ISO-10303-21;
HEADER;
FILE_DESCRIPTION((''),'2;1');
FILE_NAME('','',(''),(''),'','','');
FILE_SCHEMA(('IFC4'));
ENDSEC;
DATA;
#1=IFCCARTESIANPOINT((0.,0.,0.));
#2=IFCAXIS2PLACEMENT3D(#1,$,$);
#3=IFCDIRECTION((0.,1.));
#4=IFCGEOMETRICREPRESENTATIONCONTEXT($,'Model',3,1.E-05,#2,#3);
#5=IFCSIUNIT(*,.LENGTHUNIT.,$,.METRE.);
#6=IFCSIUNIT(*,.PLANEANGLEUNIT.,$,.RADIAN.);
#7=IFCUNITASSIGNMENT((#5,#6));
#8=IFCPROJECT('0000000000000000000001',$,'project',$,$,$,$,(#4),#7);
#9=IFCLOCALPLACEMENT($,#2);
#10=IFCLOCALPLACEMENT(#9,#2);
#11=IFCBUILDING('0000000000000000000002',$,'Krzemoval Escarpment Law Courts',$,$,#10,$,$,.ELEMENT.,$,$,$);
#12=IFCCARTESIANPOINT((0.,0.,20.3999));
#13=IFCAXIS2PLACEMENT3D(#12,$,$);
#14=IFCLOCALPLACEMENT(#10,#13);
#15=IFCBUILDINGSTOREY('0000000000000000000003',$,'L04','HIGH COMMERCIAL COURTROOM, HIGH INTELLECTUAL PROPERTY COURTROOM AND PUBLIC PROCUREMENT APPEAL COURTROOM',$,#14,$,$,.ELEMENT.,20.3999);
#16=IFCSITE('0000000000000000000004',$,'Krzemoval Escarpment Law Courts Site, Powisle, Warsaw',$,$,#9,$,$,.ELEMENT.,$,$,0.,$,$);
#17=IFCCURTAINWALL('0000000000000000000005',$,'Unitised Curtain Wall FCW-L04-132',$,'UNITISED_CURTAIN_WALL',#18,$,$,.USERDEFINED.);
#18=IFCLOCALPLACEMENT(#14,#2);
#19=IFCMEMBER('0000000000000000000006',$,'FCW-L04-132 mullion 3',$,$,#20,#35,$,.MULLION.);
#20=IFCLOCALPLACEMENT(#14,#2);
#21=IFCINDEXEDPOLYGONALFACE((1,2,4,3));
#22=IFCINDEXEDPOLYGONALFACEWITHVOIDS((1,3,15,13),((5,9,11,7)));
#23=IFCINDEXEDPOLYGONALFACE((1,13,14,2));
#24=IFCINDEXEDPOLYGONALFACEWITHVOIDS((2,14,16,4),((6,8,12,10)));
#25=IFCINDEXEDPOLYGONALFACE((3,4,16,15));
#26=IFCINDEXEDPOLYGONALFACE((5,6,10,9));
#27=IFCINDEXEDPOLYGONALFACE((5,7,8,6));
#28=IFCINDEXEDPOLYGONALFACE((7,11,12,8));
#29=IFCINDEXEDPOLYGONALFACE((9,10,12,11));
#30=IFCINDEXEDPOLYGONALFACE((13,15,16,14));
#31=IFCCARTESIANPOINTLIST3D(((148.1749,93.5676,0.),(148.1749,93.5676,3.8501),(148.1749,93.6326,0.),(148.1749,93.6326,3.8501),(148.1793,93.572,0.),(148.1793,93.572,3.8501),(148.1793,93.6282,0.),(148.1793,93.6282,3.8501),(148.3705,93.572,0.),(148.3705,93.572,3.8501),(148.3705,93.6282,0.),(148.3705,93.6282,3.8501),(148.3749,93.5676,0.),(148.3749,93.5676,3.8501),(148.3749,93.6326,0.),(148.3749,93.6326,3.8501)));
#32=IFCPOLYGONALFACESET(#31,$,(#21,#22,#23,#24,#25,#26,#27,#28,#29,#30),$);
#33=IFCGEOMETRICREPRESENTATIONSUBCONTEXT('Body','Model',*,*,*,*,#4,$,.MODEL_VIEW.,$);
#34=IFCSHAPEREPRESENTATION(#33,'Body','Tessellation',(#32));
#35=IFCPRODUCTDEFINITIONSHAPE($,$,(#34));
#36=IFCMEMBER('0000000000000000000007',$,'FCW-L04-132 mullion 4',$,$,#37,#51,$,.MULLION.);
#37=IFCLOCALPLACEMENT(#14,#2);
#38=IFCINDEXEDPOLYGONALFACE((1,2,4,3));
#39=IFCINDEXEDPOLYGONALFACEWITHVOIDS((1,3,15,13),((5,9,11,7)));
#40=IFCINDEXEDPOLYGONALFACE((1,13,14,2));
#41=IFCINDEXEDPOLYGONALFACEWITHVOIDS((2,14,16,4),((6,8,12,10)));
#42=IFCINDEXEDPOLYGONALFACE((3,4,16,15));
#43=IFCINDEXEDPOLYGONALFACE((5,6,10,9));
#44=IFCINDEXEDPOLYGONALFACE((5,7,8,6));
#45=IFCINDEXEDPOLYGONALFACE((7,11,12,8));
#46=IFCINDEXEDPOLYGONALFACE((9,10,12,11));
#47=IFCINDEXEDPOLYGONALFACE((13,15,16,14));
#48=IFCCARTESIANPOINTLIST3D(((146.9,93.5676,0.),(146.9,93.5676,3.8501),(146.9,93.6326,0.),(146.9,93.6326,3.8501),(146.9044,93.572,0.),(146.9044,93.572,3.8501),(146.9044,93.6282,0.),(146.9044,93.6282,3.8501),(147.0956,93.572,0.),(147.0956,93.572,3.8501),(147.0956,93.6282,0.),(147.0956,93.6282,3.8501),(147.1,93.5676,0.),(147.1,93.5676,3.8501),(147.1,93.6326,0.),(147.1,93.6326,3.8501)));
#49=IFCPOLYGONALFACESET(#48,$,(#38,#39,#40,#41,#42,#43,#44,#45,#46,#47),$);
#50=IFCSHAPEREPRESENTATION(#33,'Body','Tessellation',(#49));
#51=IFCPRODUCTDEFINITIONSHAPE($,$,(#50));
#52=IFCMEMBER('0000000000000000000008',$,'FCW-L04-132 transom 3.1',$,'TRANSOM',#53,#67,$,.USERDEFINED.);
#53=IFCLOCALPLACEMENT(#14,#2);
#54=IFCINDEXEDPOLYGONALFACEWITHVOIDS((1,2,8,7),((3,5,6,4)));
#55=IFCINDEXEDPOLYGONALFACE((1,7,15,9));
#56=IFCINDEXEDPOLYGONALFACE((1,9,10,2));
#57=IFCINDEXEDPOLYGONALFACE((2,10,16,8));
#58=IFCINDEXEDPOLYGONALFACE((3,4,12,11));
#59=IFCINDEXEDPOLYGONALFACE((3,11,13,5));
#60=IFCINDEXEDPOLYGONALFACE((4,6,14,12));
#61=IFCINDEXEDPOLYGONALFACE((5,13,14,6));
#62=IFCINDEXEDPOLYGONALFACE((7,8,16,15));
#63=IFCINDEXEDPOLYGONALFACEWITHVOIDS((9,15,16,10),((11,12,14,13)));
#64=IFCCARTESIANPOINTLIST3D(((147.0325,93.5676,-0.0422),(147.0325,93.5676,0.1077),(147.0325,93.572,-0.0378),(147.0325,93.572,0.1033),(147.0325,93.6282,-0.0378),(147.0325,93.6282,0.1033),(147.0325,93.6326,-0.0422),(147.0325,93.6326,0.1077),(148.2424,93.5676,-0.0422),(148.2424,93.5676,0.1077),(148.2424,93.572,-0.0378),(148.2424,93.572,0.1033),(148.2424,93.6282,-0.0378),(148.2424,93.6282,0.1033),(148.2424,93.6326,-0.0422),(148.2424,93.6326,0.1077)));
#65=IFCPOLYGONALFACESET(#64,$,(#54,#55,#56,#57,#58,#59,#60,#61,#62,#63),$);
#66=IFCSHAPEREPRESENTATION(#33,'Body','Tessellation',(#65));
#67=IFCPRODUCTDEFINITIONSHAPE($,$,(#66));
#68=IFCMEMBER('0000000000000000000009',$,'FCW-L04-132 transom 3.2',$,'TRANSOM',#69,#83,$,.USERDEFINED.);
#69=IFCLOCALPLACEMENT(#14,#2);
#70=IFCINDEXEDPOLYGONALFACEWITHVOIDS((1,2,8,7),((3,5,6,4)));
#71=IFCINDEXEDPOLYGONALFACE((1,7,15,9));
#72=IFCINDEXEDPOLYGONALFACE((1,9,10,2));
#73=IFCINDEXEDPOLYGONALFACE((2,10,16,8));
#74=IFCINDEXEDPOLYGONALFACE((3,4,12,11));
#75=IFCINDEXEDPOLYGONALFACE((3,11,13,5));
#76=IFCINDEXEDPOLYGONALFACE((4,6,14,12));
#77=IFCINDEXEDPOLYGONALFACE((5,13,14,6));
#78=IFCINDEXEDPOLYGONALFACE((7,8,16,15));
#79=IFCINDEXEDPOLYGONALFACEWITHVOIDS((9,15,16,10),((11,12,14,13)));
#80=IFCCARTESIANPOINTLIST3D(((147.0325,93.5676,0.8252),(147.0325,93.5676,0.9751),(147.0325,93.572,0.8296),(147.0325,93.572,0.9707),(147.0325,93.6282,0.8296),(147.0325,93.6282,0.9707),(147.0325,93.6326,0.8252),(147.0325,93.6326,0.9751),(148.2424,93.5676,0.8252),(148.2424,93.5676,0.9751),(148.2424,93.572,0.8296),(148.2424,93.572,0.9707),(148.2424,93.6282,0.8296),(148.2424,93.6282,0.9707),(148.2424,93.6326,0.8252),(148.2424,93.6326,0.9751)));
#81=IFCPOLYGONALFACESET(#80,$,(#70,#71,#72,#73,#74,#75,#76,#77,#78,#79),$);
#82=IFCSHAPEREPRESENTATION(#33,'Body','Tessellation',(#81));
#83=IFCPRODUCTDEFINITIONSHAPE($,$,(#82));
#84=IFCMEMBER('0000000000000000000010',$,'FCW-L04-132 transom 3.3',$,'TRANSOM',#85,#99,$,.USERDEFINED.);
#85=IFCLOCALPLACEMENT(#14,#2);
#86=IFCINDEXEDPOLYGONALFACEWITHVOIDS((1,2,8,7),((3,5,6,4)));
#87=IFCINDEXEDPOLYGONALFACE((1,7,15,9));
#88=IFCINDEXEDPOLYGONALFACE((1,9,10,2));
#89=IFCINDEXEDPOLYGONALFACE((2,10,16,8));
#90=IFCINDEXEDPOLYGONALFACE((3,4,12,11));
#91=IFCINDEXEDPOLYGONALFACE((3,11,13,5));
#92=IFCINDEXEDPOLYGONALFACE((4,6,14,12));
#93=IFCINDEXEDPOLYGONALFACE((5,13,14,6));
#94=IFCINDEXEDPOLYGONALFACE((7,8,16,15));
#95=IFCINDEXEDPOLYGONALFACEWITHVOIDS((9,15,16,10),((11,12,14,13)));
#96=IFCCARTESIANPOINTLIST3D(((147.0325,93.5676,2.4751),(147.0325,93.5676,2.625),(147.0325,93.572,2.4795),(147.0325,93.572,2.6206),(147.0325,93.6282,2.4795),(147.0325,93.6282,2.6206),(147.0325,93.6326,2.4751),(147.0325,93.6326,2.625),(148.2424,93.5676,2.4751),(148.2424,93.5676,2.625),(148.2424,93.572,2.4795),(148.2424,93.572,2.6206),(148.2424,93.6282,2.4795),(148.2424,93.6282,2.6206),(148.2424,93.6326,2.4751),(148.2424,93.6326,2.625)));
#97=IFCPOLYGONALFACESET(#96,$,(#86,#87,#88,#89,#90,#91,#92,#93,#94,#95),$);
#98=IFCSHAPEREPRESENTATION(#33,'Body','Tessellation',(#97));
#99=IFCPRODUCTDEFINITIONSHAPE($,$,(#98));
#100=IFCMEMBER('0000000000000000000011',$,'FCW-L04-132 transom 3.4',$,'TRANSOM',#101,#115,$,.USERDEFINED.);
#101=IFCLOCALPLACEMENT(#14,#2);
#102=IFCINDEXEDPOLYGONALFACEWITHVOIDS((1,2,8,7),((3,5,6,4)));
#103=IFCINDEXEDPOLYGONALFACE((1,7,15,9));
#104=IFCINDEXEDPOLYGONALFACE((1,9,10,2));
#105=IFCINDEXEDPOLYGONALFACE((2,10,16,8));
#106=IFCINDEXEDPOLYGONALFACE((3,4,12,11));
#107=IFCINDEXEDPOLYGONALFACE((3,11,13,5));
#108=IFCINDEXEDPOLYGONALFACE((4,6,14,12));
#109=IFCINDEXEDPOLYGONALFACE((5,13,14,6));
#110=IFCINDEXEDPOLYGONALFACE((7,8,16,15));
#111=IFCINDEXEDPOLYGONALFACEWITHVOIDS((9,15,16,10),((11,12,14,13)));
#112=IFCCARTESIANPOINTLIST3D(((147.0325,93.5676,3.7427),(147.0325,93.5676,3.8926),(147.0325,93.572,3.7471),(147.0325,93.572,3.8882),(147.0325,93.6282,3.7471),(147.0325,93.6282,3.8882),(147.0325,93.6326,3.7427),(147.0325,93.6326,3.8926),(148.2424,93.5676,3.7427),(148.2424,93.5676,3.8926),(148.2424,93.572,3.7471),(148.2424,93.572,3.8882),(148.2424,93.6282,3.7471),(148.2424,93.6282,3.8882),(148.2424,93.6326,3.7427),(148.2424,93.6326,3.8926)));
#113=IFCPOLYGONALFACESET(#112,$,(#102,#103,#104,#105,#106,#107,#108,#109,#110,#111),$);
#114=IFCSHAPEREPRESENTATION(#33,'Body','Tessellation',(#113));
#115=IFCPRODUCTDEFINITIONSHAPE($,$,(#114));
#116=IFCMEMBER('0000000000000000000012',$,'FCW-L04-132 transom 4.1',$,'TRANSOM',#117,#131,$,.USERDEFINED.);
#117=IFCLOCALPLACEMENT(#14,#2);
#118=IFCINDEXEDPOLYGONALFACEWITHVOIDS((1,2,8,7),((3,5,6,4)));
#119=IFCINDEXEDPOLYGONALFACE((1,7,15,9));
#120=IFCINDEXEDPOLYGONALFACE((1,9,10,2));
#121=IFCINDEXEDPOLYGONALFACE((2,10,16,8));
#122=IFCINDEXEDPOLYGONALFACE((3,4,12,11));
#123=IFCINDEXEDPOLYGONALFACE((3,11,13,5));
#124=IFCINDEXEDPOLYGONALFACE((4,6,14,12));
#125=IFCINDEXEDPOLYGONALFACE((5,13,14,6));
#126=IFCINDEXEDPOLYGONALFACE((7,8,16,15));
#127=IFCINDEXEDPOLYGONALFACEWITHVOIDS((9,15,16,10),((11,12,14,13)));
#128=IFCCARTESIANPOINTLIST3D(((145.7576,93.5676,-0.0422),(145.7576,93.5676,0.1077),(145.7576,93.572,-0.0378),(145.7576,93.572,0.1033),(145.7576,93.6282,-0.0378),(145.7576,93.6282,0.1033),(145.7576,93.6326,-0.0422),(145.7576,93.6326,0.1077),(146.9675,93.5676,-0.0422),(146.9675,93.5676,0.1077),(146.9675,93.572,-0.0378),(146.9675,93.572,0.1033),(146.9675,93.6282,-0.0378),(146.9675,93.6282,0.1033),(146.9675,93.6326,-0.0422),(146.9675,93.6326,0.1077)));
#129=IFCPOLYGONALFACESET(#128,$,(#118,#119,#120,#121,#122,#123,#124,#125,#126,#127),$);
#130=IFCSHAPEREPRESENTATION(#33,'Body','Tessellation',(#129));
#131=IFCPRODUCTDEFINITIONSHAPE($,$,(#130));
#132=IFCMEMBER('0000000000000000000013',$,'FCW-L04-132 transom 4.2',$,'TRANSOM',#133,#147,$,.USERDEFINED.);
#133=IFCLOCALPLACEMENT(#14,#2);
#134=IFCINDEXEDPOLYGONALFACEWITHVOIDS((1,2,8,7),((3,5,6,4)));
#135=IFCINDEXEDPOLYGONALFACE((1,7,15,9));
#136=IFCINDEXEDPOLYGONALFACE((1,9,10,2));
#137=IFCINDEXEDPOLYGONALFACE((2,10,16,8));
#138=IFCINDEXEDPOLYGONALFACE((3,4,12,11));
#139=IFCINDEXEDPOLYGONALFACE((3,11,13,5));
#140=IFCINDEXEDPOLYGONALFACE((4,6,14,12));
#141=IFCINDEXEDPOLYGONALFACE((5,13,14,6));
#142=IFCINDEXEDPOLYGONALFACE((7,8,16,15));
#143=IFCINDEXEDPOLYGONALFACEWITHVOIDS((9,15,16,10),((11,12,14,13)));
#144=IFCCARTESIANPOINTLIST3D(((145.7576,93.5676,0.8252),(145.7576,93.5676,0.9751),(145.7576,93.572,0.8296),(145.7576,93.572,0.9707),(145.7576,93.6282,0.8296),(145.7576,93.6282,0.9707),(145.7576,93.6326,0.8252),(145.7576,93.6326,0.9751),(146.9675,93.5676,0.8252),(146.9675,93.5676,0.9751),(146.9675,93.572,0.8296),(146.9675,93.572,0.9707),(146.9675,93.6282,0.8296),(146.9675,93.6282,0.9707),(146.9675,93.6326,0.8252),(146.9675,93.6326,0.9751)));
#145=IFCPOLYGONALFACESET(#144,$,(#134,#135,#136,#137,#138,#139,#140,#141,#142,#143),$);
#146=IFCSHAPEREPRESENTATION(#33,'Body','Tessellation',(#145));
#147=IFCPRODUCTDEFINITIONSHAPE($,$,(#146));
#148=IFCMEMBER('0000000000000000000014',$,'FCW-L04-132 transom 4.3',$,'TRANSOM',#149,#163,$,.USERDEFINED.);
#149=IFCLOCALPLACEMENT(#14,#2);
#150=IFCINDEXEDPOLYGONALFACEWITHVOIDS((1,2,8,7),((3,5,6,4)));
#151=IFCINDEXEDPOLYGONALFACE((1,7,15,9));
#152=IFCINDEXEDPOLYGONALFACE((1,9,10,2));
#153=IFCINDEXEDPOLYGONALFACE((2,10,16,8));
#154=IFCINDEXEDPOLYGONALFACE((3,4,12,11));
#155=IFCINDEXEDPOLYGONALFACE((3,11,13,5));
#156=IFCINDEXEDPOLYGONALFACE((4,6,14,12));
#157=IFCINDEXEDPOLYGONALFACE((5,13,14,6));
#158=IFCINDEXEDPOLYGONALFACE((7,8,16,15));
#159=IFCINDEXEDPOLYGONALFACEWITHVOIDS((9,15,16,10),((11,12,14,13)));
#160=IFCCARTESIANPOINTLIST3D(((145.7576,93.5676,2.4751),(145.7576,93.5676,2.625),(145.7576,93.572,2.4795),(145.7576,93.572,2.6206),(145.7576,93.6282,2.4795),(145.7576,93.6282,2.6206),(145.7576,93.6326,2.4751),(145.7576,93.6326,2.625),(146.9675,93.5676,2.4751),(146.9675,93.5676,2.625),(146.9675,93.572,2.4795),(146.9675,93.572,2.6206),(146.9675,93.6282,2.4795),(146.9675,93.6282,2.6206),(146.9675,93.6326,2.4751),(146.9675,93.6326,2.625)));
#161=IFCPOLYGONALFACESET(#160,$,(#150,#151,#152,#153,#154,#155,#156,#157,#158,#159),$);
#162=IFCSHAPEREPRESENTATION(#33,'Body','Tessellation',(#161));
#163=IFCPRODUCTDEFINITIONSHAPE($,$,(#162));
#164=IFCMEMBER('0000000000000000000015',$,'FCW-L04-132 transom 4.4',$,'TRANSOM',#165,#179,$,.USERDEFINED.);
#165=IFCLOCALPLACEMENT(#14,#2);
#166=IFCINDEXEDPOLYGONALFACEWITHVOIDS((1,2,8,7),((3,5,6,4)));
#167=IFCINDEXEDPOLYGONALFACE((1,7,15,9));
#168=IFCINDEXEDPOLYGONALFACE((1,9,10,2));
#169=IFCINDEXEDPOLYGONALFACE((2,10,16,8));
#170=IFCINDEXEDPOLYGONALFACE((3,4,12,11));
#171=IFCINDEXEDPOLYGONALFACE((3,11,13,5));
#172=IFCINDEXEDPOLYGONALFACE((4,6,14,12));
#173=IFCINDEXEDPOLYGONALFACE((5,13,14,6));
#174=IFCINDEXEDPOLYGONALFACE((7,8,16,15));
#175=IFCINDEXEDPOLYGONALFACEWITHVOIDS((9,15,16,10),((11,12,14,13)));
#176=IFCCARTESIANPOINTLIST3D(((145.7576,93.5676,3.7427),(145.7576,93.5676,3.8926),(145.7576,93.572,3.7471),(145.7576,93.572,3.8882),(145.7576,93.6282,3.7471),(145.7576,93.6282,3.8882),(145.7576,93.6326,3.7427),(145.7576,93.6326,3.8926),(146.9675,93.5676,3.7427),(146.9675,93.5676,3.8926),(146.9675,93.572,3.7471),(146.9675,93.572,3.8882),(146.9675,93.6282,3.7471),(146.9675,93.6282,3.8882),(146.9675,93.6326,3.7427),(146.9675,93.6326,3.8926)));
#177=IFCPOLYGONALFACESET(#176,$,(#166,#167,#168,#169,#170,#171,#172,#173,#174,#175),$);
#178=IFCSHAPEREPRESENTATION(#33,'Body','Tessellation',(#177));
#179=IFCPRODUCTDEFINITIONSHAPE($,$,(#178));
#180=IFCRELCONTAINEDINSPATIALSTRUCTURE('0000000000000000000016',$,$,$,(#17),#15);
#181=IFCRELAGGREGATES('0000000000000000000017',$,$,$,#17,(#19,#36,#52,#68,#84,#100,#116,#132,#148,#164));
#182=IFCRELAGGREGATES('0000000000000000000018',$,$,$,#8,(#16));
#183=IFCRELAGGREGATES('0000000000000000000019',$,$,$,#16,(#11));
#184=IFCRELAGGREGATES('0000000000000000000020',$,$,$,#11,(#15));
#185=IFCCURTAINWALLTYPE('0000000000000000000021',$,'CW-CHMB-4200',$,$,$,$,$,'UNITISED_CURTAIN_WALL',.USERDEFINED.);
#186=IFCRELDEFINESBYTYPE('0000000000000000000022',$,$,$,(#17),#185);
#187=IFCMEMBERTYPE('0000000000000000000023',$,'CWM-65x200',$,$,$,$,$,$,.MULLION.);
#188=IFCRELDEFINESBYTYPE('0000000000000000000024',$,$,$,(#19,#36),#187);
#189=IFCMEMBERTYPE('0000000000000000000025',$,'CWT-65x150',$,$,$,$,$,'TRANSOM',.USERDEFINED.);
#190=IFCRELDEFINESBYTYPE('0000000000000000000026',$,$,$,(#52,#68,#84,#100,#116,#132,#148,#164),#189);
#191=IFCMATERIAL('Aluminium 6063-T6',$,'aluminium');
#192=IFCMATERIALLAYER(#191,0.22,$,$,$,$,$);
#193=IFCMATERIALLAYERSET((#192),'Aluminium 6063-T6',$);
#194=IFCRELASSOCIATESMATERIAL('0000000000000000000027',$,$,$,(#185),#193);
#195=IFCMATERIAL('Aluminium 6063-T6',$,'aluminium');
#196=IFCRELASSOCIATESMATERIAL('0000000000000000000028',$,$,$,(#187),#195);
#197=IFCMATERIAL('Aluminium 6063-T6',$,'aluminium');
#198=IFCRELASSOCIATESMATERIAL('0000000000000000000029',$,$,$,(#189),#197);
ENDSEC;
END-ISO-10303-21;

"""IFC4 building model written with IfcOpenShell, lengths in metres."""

from ifc_helpers import new_model, si_unit, direction, frame, origin, origin_2d, place, context, subcontext, project, spatial, hollow_rectangle, extrude, material, layer, layer_set, material_profile, profile_set, type_object, element, aggregate, save


model = new_model("IFC4")

# Units and contexts
model_context = context("Model", 3, precision=1e-05, world=origin(), true_north=direction((0.0, 1.0)))
body_context = subcontext(model_context, "Body", "Model", "MODEL_VIEW")
ifc_project = project(units=[si_unit("LENGTHUNIT", "METRE"), si_unit("PLANEANGLEUNIT", "RADIAN")], contexts=[model_context])

# Site, building, storey
site_placement = place(None, origin())
site = spatial("IfcSite", under=ifc_project, at=site_placement, Name="Krzemoval Escarpment Law Courts Site, Powisle, Warsaw", CompositionType="ELEMENT", RefElevation=0.0)
building_placement = place(site_placement, origin())
building = spatial("IfcBuilding", under=site, at=building_placement, Name="Krzemoval Escarpment Law Courts", CompositionType="ELEMENT")
storey_placement = place(building_placement, frame((0.0, 0.0, 20.3999)))
storey = spatial("IfcBuildingStorey", under=building, at=storey_placement, Name="L04", Description="HIGH COMMERCIAL COURTROOM, HIGH INTELLECTUAL PROPERTY COURTROOM AND PUBLIC PROCUREMENT APPEAL COURTROOM", CompositionType="ELEMENT", Elevation=20.3999)

# Curtain wall, members
ifc_material_1 = material(Name="Aluminium 6063-T6", Category="aluminium")
ifc_layer_1 = layer(ifc_material_1, 0.22)
ifc_layer_set_1 = layer_set([ifc_layer_1], Name="Aluminium 6063-T6")
curtain_wall_type = type_object("IfcCurtainWallType", Name="CW-CHMB-4200", ElementType="UNITISED_CURTAIN_WALL", PredefinedType="USERDEFINED", material=ifc_layer_set_1)
curtain_wall_placement = place(storey_placement, origin())
curtain_wall = element("IfcCurtainWall", 1, at=curtain_wall_placement, inside=storey, type_object=curtain_wall_type, Name="Unitised Curtain Wall FCW-L04-132", ObjectType="UNITISED_CURTAIN_WALL", PredefinedType="USERDEFINED")
ifc_material_2 = material(Name="Aluminium 6063-T6", Category="aluminium")
ifc_material_profile_1 = material_profile(ifc_material_2, hollow_rectangle(XDim=0.0649, YDim=0.2, WallThickness=0.0044, at=origin_2d()), Name="ALU M65x200")
ifc_profile_set_1 = profile_set([ifc_material_profile_1], Name="Aluminium 6063-T6")
member_type_1 = type_object("IfcMemberType", Name="CWM-65x200", PredefinedType="MULLION", material=ifc_profile_set_1)
member_1_placement = place(storey_placement, frame((148.2749, 93.6001, 0.0), z_axis=(0.0, 0.0, 1.0), x_axis=(0.0, -1.0, 0.0)))
member_1 = element("IfcMember", 2, at=member_1_placement, type_object=member_type_1, Name="FCW-L04-132 mullion 3", PredefinedType="MULLION", context=body_context, shape_type="SweptSolid", body=[
    extrude(hollow_rectangle(XDim=0.0649, YDim=0.2, WallThickness=0.0044, at=origin_2d()), origin(), (0.0, 0.0, 1.0), 3.8501),
])
member_2_placement = place(storey_placement, frame((147.0, 93.6001, 0.0), z_axis=(0.0, 0.0, 1.0), x_axis=(0.0, -1.0, 0.0)))
member_2 = element("IfcMember", 3, at=member_2_placement, type_object=member_type_1, Name="FCW-L04-132 mullion 4", PredefinedType="MULLION", context=body_context, shape_type="SweptSolid", body=[
    extrude(hollow_rectangle(XDim=0.0649, YDim=0.2, WallThickness=0.0044, at=origin_2d()), origin(), (0.0, 0.0, 1.0), 3.8501),
])
ifc_material_3 = material(Name="Aluminium 6063-T6", Category="aluminium")
ifc_material_profile_2 = material_profile(ifc_material_3, hollow_rectangle(XDim=0.0649, YDim=0.1499, WallThickness=0.0044, at=origin_2d()), Name="ALU T65x150")
ifc_profile_set_2 = profile_set([ifc_material_profile_2], Name="Aluminium 6063-T6")
member_type_2 = type_object("IfcMemberType", Name="CWT-65x150", ElementType="TRANSOM", PredefinedType="USERDEFINED", material=ifc_profile_set_2)
member_3_placement = place(storey_placement, frame((148.2424, 93.6001, 0.0327), z_axis=(-1.0, 0.0, 0.0), x_axis=(0.0, -1.0, 0.0)))
member_3 = element("IfcMember", 4, at=member_3_placement, type_object=member_type_2, Name="FCW-L04-132 transom 3.1", ObjectType="TRANSOM", PredefinedType="USERDEFINED", context=body_context, shape_type="SweptSolid", body=[
    extrude(hollow_rectangle(XDim=0.0649, YDim=0.1499, WallThickness=0.0044, at=origin_2d()), origin(), (0.0, 0.0, 1.0), 1.21),
])
member_4_placement = place(storey_placement, frame((148.2424, 93.6001, 0.9001), z_axis=(-1.0, 0.0, 0.0), x_axis=(0.0, -1.0, 0.0)))
member_4 = element("IfcMember", 5, at=member_4_placement, type_object=member_type_2, Name="FCW-L04-132 transom 3.2", ObjectType="TRANSOM", PredefinedType="USERDEFINED", context=body_context, shape_type="SweptSolid", body=[
    extrude(hollow_rectangle(XDim=0.0649, YDim=0.1499, WallThickness=0.0044, at=origin_2d()), origin(), (0.0, 0.0, 1.0), 1.21),
])
member_5_placement = place(storey_placement, frame((148.2424, 93.6001, 2.55), z_axis=(-1.0, 0.0, 0.0), x_axis=(0.0, -1.0, 0.0)))
member_5 = element("IfcMember", 6, at=member_5_placement, type_object=member_type_2, Name="FCW-L04-132 transom 3.3", ObjectType="TRANSOM", PredefinedType="USERDEFINED", context=body_context, shape_type="SweptSolid", body=[
    extrude(hollow_rectangle(XDim=0.0649, YDim=0.1499, WallThickness=0.0044, at=origin_2d()), origin(), (0.0, 0.0, 1.0), 1.21),
])
member_6_placement = place(storey_placement, frame((148.2424, 93.6001, 3.8176), z_axis=(-1.0, 0.0, 0.0), x_axis=(0.0, -1.0, 0.0)))
member_6 = element("IfcMember", 7, at=member_6_placement, type_object=member_type_2, Name="FCW-L04-132 transom 3.4", ObjectType="TRANSOM", PredefinedType="USERDEFINED", context=body_context, shape_type="SweptSolid", body=[
    extrude(hollow_rectangle(XDim=0.0649, YDim=0.1499, WallThickness=0.0044, at=origin_2d()), origin(), (0.0, 0.0, 1.0), 1.21),
])
member_7_placement = place(storey_placement, frame((146.9675, 93.6001, 0.0327), z_axis=(-1.0, 0.0, 0.0), x_axis=(0.0, -1.0, 0.0)))
member_7 = element("IfcMember", 8, at=member_7_placement, type_object=member_type_2, Name="FCW-L04-132 transom 4.1", ObjectType="TRANSOM", PredefinedType="USERDEFINED", context=body_context, shape_type="SweptSolid", body=[
    extrude(hollow_rectangle(XDim=0.0649, YDim=0.1499, WallThickness=0.0044, at=origin_2d()), origin(), (0.0, 0.0, 1.0), 1.21),
])
member_8_placement = place(storey_placement, frame((146.9675, 93.6001, 0.9001), z_axis=(-1.0, 0.0, 0.0), x_axis=(0.0, -1.0, 0.0)))
member_8 = element("IfcMember", 9, at=member_8_placement, type_object=member_type_2, Name="FCW-L04-132 transom 4.2", ObjectType="TRANSOM", PredefinedType="USERDEFINED", context=body_context, shape_type="SweptSolid", body=[
    extrude(hollow_rectangle(XDim=0.0649, YDim=0.1499, WallThickness=0.0044, at=origin_2d()), origin(), (0.0, 0.0, 1.0), 1.21),
])
member_9_placement = place(storey_placement, frame((146.9675, 93.6001, 2.55), z_axis=(-1.0, 0.0, 0.0), x_axis=(0.0, -1.0, 0.0)))
member_9 = element("IfcMember", 10, at=member_9_placement, type_object=member_type_2, Name="FCW-L04-132 transom 4.3", ObjectType="TRANSOM", PredefinedType="USERDEFINED", context=body_context, shape_type="SweptSolid", body=[
    extrude(hollow_rectangle(XDim=0.0649, YDim=0.1499, WallThickness=0.0044, at=origin_2d()), origin(), (0.0, 0.0, 1.0), 1.21),
])
member_10_placement = place(storey_placement, frame((146.9675, 93.6001, 3.8176), z_axis=(-1.0, 0.0, 0.0), x_axis=(0.0, -1.0, 0.0)))
member_10 = element("IfcMember", 11, at=member_10_placement, type_object=member_type_2, Name="FCW-L04-132 transom 4.4", ObjectType="TRANSOM", PredefinedType="USERDEFINED", context=body_context, shape_type="SweptSolid", body=[
    extrude(hollow_rectangle(XDim=0.0649, YDim=0.1499, WallThickness=0.0044, at=origin_2d()), origin(), (0.0, 0.0, 1.0), 1.21),
])

aggregate(curtain_wall, [member_1, member_2, member_3, member_4, member_5, member_6, member_7, member_8, member_9, member_10])

save(model, "model.ifc")
